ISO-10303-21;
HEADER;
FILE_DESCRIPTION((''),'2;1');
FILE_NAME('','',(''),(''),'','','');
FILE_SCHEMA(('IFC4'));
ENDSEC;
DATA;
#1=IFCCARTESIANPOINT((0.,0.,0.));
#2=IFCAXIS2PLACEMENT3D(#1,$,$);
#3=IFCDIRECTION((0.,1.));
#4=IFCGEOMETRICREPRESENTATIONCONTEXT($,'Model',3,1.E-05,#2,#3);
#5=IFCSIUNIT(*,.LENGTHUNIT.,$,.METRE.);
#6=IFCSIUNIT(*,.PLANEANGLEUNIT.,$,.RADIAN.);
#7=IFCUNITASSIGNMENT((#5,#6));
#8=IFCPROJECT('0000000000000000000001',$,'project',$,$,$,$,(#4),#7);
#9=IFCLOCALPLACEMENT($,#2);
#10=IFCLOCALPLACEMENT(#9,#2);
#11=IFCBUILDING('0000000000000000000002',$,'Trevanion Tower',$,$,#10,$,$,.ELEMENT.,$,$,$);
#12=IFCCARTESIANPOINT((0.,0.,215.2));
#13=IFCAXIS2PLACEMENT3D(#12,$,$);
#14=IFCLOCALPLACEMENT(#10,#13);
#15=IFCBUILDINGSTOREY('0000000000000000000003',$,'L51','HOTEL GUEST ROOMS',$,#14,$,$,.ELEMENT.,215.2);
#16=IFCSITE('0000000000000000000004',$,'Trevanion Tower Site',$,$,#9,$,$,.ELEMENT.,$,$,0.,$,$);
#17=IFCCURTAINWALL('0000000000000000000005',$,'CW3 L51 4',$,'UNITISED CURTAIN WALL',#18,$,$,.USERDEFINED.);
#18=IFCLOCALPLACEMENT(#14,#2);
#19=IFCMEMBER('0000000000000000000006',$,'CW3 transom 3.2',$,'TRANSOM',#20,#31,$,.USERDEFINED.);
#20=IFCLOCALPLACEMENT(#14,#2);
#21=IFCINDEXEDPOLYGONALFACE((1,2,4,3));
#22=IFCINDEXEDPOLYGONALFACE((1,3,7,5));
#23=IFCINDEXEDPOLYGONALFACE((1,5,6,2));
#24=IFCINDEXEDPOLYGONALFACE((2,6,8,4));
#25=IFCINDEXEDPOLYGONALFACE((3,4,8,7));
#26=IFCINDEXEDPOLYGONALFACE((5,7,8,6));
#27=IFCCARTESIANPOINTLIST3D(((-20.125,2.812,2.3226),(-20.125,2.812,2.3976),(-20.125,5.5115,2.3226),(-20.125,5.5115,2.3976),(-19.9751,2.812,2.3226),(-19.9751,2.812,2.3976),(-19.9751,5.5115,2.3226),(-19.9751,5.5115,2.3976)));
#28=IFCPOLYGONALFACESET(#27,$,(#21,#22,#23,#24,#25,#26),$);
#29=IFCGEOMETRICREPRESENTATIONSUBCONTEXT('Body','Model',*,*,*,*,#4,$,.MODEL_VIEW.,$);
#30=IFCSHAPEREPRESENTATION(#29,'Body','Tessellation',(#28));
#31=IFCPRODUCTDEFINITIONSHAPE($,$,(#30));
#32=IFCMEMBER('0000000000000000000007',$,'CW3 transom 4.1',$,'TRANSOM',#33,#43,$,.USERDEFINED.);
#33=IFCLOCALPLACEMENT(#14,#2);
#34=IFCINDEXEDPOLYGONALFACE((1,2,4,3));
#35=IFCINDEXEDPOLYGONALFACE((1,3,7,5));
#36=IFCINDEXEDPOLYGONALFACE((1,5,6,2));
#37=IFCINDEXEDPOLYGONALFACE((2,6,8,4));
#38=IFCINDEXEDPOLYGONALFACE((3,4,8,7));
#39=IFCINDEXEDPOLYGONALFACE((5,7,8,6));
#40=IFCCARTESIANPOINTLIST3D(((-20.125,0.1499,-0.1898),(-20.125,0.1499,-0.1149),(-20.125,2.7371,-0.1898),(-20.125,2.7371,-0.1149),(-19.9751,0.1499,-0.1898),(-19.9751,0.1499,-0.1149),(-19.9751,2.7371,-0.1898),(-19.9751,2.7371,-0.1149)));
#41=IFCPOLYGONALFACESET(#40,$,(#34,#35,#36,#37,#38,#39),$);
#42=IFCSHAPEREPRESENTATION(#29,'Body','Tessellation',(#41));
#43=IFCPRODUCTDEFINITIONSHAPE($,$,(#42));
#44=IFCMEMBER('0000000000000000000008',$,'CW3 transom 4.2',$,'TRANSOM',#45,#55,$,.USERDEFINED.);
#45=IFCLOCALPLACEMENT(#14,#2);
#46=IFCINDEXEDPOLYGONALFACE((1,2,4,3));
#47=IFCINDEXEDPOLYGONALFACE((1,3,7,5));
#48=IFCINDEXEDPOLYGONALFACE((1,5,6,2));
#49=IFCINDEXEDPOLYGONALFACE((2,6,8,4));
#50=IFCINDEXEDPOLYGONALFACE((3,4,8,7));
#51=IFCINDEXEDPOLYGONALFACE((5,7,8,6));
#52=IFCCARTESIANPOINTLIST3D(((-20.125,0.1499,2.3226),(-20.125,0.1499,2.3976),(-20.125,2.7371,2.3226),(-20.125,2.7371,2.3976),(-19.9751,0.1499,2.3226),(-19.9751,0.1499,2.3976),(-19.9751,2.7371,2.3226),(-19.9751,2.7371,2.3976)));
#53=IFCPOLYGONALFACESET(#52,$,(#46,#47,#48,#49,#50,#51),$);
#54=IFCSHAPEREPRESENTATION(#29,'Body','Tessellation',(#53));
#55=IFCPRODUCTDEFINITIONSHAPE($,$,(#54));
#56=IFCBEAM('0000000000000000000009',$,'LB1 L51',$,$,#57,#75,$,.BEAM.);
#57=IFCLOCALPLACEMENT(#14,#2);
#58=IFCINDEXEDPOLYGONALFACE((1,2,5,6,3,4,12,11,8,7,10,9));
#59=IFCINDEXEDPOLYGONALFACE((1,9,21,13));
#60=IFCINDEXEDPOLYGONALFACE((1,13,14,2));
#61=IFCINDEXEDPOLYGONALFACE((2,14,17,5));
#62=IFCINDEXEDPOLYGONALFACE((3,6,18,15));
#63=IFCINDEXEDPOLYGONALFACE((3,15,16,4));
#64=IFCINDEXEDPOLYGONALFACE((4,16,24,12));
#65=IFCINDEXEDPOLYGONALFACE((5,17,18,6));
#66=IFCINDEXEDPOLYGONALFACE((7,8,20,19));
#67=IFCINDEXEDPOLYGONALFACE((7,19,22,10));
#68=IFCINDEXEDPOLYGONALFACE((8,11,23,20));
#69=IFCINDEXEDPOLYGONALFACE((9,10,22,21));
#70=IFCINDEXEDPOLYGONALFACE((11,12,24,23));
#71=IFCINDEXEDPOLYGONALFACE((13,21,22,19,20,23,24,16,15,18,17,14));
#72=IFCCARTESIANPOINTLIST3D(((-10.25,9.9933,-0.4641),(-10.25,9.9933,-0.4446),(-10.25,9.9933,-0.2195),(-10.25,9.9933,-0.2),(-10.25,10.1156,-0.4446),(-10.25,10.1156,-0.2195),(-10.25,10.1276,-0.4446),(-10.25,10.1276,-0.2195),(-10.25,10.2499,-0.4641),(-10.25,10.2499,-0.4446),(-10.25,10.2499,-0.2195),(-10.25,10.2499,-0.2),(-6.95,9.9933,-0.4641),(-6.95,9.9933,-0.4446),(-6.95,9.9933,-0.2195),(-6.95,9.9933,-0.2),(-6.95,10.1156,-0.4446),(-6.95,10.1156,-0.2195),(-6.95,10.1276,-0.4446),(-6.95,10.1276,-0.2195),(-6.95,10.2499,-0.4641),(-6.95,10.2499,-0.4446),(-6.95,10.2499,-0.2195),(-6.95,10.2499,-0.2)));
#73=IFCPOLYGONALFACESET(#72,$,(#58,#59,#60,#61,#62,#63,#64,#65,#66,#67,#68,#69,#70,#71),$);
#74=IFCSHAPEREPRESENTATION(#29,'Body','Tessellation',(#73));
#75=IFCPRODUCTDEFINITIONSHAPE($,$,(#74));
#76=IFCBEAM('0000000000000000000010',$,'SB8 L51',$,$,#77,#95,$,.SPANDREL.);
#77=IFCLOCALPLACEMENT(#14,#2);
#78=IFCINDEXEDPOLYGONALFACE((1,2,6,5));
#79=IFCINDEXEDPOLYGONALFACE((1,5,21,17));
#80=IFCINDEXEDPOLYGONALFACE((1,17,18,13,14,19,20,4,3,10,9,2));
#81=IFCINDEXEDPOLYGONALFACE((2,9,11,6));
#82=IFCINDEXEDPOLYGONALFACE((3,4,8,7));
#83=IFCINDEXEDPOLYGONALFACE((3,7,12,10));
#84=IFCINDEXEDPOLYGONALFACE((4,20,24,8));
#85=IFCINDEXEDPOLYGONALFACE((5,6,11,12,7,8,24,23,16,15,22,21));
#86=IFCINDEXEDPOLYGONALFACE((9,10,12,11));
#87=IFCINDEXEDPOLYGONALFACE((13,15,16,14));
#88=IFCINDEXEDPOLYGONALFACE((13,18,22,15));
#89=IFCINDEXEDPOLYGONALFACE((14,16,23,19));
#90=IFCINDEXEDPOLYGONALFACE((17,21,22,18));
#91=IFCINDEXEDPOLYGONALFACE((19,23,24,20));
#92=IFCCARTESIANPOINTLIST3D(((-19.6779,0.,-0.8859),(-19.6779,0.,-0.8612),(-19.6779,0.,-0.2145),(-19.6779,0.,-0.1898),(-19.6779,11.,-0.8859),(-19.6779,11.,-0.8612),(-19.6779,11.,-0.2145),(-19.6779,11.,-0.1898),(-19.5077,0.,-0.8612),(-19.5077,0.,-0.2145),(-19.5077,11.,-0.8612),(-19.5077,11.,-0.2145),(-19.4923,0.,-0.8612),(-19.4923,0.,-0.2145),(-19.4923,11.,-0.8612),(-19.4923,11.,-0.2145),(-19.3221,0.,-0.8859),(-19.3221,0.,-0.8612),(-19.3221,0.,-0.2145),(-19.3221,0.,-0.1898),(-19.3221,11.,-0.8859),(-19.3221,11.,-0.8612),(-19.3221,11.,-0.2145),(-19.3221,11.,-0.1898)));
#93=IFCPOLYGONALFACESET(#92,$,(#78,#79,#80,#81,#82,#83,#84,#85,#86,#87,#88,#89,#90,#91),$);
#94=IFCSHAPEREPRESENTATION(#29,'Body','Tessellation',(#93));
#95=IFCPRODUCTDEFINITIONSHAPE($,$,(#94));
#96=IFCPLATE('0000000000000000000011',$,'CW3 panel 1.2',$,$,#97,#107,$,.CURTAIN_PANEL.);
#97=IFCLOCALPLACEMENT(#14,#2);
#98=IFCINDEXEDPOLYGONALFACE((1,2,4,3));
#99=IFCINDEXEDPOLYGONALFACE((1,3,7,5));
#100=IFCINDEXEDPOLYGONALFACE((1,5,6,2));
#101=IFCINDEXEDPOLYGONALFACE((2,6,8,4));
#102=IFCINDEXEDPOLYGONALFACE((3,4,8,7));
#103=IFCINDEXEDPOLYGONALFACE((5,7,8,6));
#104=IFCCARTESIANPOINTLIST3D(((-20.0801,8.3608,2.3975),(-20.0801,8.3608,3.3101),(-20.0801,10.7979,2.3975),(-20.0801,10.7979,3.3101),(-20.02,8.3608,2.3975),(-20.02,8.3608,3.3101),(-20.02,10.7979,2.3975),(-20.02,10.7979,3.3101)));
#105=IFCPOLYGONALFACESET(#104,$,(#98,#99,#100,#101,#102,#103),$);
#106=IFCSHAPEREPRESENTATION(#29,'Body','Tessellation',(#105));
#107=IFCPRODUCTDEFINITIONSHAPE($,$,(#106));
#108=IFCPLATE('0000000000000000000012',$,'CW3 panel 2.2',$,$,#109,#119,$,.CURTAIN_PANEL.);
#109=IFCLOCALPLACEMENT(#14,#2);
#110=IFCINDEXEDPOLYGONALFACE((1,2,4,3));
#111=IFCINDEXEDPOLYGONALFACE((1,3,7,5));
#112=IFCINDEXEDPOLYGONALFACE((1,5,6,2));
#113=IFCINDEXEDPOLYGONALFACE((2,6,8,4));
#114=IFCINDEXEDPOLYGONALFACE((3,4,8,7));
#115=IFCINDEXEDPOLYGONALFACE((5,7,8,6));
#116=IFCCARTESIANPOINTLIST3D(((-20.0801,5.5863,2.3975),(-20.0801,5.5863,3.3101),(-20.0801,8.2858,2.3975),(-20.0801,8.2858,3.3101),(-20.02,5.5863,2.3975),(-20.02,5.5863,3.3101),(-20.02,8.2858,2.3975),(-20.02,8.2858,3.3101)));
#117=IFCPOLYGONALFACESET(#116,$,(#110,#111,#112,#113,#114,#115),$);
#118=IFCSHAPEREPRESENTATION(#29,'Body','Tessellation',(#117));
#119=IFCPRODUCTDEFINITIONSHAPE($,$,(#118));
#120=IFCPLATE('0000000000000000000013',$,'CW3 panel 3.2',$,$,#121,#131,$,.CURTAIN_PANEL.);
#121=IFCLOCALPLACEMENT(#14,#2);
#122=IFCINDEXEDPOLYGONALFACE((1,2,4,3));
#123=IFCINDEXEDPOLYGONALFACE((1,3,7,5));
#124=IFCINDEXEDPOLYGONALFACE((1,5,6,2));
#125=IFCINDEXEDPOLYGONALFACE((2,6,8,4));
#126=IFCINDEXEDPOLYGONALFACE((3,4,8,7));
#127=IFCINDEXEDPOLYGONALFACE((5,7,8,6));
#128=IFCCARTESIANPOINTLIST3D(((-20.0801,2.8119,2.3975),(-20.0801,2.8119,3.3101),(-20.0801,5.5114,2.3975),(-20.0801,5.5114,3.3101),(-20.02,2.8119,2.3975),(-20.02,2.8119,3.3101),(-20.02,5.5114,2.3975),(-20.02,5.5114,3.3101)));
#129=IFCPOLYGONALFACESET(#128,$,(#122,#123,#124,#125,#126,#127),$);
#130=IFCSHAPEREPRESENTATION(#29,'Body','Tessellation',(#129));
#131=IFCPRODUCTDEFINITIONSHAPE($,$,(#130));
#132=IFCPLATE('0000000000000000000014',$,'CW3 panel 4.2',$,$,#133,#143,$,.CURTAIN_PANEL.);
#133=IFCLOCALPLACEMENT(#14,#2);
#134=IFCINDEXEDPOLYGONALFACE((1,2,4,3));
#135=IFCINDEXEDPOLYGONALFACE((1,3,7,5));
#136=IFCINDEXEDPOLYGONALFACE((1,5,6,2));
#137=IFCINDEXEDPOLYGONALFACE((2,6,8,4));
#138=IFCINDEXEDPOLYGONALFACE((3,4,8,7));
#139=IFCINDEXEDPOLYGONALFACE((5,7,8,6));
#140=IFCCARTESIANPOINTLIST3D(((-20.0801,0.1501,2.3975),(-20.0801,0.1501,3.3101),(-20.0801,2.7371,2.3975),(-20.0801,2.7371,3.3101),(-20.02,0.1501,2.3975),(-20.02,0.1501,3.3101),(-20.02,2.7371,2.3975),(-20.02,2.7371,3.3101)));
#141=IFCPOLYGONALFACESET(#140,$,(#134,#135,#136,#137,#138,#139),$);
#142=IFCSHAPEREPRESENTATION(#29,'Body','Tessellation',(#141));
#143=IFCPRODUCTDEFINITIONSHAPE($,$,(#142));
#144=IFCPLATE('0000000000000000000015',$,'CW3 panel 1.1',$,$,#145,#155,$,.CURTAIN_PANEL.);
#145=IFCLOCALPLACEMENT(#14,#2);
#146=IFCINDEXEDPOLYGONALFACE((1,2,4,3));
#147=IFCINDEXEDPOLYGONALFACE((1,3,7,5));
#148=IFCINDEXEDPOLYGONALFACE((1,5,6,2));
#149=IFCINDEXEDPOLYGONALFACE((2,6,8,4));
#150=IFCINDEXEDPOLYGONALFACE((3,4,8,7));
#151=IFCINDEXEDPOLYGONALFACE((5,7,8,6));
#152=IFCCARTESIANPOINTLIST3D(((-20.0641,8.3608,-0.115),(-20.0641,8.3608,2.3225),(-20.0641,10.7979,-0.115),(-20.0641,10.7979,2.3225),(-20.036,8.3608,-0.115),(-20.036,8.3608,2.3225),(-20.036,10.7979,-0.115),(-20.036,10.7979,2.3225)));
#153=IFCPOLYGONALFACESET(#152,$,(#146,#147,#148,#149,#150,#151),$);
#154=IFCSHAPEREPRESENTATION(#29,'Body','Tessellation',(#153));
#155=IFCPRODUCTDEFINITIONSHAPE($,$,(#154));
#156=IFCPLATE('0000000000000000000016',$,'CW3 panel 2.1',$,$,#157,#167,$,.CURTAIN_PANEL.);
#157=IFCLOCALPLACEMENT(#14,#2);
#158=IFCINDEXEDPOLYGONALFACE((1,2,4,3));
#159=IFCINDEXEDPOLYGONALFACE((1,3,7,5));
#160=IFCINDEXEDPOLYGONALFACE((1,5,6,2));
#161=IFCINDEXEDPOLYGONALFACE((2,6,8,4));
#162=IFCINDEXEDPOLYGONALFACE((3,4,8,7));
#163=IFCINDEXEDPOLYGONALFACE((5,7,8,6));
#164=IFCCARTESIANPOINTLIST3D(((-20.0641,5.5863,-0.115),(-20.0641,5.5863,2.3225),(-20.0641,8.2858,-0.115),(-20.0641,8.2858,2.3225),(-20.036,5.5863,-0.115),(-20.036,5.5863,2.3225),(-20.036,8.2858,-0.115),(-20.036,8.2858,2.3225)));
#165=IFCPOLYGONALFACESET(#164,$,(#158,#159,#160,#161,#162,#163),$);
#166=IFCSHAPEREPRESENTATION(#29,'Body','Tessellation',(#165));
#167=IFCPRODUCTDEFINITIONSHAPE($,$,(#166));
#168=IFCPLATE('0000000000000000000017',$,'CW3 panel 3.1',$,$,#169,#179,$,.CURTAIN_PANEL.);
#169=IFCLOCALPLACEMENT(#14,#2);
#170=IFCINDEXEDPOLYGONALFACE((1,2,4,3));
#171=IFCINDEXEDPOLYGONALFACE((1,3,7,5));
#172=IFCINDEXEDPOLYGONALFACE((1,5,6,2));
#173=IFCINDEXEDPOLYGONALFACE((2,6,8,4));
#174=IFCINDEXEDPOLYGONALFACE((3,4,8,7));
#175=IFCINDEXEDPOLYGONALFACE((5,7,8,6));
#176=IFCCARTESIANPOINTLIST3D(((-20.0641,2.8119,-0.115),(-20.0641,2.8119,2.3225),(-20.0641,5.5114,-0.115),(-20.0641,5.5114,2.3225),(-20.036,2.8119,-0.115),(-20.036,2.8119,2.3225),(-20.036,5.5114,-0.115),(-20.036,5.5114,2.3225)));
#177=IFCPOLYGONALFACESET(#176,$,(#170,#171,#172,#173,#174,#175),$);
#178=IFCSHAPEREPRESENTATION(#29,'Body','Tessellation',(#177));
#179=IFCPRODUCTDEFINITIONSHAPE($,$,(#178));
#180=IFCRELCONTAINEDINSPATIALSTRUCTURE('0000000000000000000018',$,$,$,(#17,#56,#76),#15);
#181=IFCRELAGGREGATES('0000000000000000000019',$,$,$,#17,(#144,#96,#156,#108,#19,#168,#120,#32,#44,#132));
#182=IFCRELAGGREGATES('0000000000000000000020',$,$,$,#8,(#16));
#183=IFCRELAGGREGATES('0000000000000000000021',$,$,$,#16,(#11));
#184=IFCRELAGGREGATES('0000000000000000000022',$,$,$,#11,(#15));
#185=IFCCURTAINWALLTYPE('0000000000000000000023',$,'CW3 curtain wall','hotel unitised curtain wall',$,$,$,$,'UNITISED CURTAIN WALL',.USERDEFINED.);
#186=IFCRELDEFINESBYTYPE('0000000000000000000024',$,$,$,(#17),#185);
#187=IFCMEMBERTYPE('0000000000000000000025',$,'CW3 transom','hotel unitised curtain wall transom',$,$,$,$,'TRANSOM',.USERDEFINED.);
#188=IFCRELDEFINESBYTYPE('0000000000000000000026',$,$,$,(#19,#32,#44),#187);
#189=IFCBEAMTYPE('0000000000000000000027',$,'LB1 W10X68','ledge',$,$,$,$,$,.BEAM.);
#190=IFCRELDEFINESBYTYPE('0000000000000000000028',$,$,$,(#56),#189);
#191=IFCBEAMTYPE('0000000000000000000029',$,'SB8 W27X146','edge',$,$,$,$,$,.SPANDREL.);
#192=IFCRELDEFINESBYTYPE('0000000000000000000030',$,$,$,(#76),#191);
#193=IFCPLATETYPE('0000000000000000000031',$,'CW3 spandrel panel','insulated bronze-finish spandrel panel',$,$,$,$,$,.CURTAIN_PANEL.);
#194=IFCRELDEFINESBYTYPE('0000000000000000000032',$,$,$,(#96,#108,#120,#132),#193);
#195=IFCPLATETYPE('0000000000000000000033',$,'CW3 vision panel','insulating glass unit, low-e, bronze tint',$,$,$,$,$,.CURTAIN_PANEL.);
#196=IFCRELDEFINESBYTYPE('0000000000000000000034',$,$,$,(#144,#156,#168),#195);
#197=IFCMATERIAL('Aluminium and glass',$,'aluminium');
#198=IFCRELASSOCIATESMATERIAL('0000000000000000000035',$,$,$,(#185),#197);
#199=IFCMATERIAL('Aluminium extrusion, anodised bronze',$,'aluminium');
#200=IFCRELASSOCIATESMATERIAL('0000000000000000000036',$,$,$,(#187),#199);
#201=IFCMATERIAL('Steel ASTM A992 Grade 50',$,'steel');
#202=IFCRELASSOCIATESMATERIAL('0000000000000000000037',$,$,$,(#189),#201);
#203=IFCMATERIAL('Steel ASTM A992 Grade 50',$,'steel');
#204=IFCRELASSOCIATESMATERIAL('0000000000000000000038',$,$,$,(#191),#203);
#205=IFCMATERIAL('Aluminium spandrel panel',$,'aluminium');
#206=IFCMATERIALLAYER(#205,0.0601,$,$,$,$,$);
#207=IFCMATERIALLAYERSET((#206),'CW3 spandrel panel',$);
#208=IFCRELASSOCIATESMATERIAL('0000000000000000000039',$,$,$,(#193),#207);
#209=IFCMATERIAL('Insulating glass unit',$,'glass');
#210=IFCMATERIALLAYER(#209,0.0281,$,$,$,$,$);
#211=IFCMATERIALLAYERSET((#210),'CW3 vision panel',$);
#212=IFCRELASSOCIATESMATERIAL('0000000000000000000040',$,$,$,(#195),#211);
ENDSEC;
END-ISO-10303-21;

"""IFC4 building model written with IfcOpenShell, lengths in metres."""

from ifc_helpers import new_model, si_unit, direction, frame, origin, origin_2d, place, context, subcontext, project, spatial, rectangle, i_section, extrude, material, layer, layer_set, material_profile, profile_set, type_object, element, aggregate, save


model = new_model("IFC4")

# Units and contexts
model_context = context("Model", 3, precision=1e-05, world=origin(), true_north=direction((0.0, 1.0)))
body_context = subcontext(model_context, "Body", "Model", "MODEL_VIEW")
ifc_project = project(units=[si_unit("LENGTHUNIT", "METRE"), si_unit("PLANEANGLEUNIT", "RADIAN")], contexts=[model_context])

# Site, building, storey
site_placement = place(None, origin())
site = spatial("IfcSite", under=ifc_project, at=site_placement, Name="Trevanion Tower Site", CompositionType="ELEMENT", RefElevation=0.0)
building_placement = place(site_placement, origin())
building = spatial("IfcBuilding", under=site, at=building_placement, Name="Trevanion Tower", CompositionType="ELEMENT")
storey_placement = place(building_placement, frame((0.0, 0.0, 215.2)))
storey = spatial("IfcBuildingStorey", under=building, at=storey_placement, Name="L51", Description="HOTEL GUEST ROOMS", CompositionType="ELEMENT", Elevation=215.2)

# Curtain wall, members
ifc_material_1 = material(Name="Aluminium and glass", Category="aluminium")
curtain_wall_type = type_object("IfcCurtainWallType", Name="CW3 curtain wall", Description="hotel unitised curtain wall", ElementType="UNITISED CURTAIN WALL", PredefinedType="USERDEFINED", material=ifc_material_1)
curtain_wall_placement = place(storey_placement, origin())
curtain_wall = element("IfcCurtainWall", 1, at=curtain_wall_placement, inside=storey, type_object=curtain_wall_type, Name="CW3 L51 4", ObjectType="UNITISED CURTAIN WALL", PredefinedType="USERDEFINED")
ifc_material_2 = material(Name="Aluminium extrusion, anodised bronze", Category="aluminium")
ifc_material_profile_1 = material_profile(ifc_material_2, rectangle(XDim=0.1499, YDim=0.075, at=origin_2d()), Name="CW3 transom")
ifc_profile_set_1 = profile_set([ifc_material_profile_1], Name="Aluminium extrusion, anodised bronze")
member_type_1 = type_object("IfcMemberType", Name="CW3 transom", Description="hotel unitised curtain wall transom", ElementType="TRANSOM", PredefinedType="USERDEFINED", material=ifc_profile_set_1)
member_1_placement = place(storey_placement, frame((-20.05, 5.5115, 2.3601), z_axis=(0.0, -1.0, 0.0), x_axis=(1.0, 0.0, 0.0)))
member_1 = element("IfcMember", 2, at=member_1_placement, type_object=member_type_1, Name="CW3 transom 3.2", ObjectType="TRANSOM", PredefinedType="USERDEFINED", context=body_context, shape_type="SweptSolid", body=[
    extrude(rectangle(XDim=0.1499, YDim=0.075, at=origin_2d()), origin(), (0.0, 0.0, 1.0), 2.6995),
])
member_2_placement = place(storey_placement, frame((-20.05, 2.7371, -0.1523), z_axis=(0.0, -1.0, 0.0), x_axis=(1.0, 0.0, 0.0)))
member_2 = element("IfcMember", 3, at=member_2_placement, type_object=member_type_1, Name="CW3 transom 4.1", ObjectType="TRANSOM", PredefinedType="USERDEFINED", context=body_context, shape_type="SweptSolid", body=[
    extrude(rectangle(XDim=0.1499, YDim=0.075, at=origin_2d()), origin(), (0.0, 0.0, 1.0), 2.5872),
])
member_3_placement = place(storey_placement, frame((-20.05, 2.7371, 2.3601), z_axis=(0.0, -1.0, 0.0), x_axis=(1.0, 0.0, 0.0)))
member_3 = element("IfcMember", 4, at=member_3_placement, type_object=member_type_1, Name="CW3 transom 4.2", ObjectType="TRANSOM", PredefinedType="USERDEFINED", context=body_context, shape_type="SweptSolid", body=[
    extrude(rectangle(XDim=0.1499, YDim=0.075, at=origin_2d()), origin(), (0.0, 0.0, 1.0), 2.5872),
])

# Beams
ifc_material_3 = material(Name="Steel ASTM A992 Grade 50", Category="steel")
ifc_material_profile_2 = material_profile(ifc_material_3, i_section(OverallWidth=0.2566, OverallDepth=0.2642, WebThickness=0.012, FlangeThickness=0.0195, at=origin_2d()), Name="W10X68")
ifc_profile_set_2 = profile_set([ifc_material_profile_2], Name="Steel ASTM A992 Grade 50")
beam_type_1 = type_object("IfcBeamType", Name="LB1 W10X68", Description="ledge", PredefinedType="BEAM", material=ifc_profile_set_2)
beam_1_placement = place(storey_placement, frame((-10.25, 10.1216, -0.332), z_axis=(1.0, 0.0, 0.0), x_axis=(0.0, 1.0, 0.0)))
element("IfcBeam", 5, at=beam_1_placement, inside=storey, type_object=beam_type_1, Name="LB1 L51", PredefinedType="BEAM", context=body_context, shape_type="SweptSolid", body=[
    extrude(i_section(OverallWidth=0.2566, OverallDepth=0.2642, WebThickness=0.012, FlangeThickness=0.0195, at=origin_2d()), origin(), (0.0, 0.0, 1.0), 3.3),
])
ifc_material_4 = material(Name="Steel ASTM A992 Grade 50", Category="steel")
ifc_material_profile_3 = material_profile(ifc_material_4, i_section(OverallWidth=0.3557, OverallDepth=0.696, WebThickness=0.0154, FlangeThickness=0.0247, at=origin_2d()), Name="W27X146")
ifc_profile_set_3 = profile_set([ifc_material_profile_3], Name="Steel ASTM A992 Grade 50")
beam_type_2 = type_object("IfcBeamType", Name="SB8 W27X146", Description="edge", PredefinedType="SPANDREL", material=ifc_profile_set_3)
beam_2_placement = place(storey_placement, frame((-19.5, 11.0, -0.5378), z_axis=(0.0, -1.0, 0.0), x_axis=(1.0, 0.0, 0.0)))
element("IfcBeam", 6, at=beam_2_placement, inside=storey, type_object=beam_type_2, Name="SB8 L51", PredefinedType="SPANDREL", context=body_context, shape_type="SweptSolid", body=[
    extrude(i_section(OverallWidth=0.3557, OverallDepth=0.696, WebThickness=0.0154, FlangeThickness=0.0247, at=origin_2d()), origin(), (0.0, 0.0, 1.0), 11.0),
])

# Plates
ifc_material_5 = material(Name="Aluminium spandrel panel", Category="aluminium")
ifc_layer_1 = layer(ifc_material_5, 0.0601)
ifc_layer_set_1 = layer_set([ifc_layer_1], Name="CW3 spandrel panel")
plate_type_1 = type_object("IfcPlateType", Name="CW3 spandrel panel", Description="insulated bronze-finish spandrel panel", PredefinedType="CURTAIN_PANEL", material=ifc_layer_set_1)
plate_1_placement = place(storey_placement, frame((-20.05, 9.5793, 2.3975), z_axis=(0.0, 0.0, 1.0), x_axis=(0.0, -1.0, 0.0)))
plate_1 = element("IfcPlate", 7, at=plate_1_placement, type_object=plate_type_1, Name="CW3 panel 1.2", PredefinedType="CURTAIN_PANEL", context=body_context, shape_type="SweptSolid", body=[
    extrude(rectangle(XDim=2.437, YDim=0.0601, at=origin_2d()), origin(), (0.0, 0.0, 1.0), 0.9126),
])
plate_2_placement = place(storey_placement, frame((-20.05, 6.936, 2.3975), z_axis=(0.0, 0.0, 1.0), x_axis=(0.0, -1.0, 0.0)))
plate_2 = element("IfcPlate", 8, at=plate_2_placement, type_object=plate_type_1, Name="CW3 panel 2.2", PredefinedType="CURTAIN_PANEL", context=body_context, shape_type="SweptSolid", body=[
    extrude(rectangle(XDim=2.6995, YDim=0.0601, at=origin_2d()), origin(), (0.0, 0.0, 1.0), 0.9126),
])
plate_3_placement = place(storey_placement, frame((-20.05, 4.1616, 2.3975), z_axis=(0.0, 0.0, 1.0), x_axis=(0.0, -1.0, 0.0)))
plate_3 = element("IfcPlate", 9, at=plate_3_placement, type_object=plate_type_1, Name="CW3 panel 3.2", PredefinedType="CURTAIN_PANEL", context=body_context, shape_type="SweptSolid", body=[
    extrude(rectangle(XDim=2.6995, YDim=0.0601, at=origin_2d()), origin(), (0.0, 0.0, 1.0), 0.9126),
])
plate_4_placement = place(storey_placement, frame((-20.05, 1.4436, 2.3975), z_axis=(0.0, 0.0, 1.0), x_axis=(0.0, -1.0, 0.0)))
plate_4 = element("IfcPlate", 10, at=plate_4_placement, type_object=plate_type_1, Name="CW3 panel 4.2", PredefinedType="CURTAIN_PANEL", context=body_context, shape_type="SweptSolid", body=[
    extrude(rectangle(XDim=2.5869, YDim=0.0601, at=origin_2d()), origin(), (0.0, 0.0, 1.0), 0.9126),
])
ifc_material_6 = material(Name="Insulating glass unit", Category="glass")
ifc_layer_2 = layer(ifc_material_6, 0.0281)
ifc_layer_set_2 = layer_set([ifc_layer_2], Name="CW3 vision panel")
plate_type_2 = type_object("IfcPlateType", Name="CW3 vision panel", Description="insulating glass unit, low-e, bronze tint", PredefinedType="CURTAIN_PANEL", material=ifc_layer_set_2)
plate_5_placement = place(storey_placement, frame((-20.05, 9.5793, -0.115), z_axis=(0.0, 0.0, 1.0), x_axis=(0.0, -1.0, 0.0)))
plate_5 = element("IfcPlate", 11, at=plate_5_placement, type_object=plate_type_2, Name="CW3 panel 1.1", PredefinedType="CURTAIN_PANEL", context=body_context, shape_type="SweptSolid", body=[
    extrude(rectangle(XDim=2.437, YDim=0.0281, at=origin_2d()), origin(), (0.0, 0.0, 1.0), 2.4375),
])
plate_6_placement = place(storey_placement, frame((-20.05, 6.936, -0.115), z_axis=(0.0, 0.0, 1.0), x_axis=(0.0, -1.0, 0.0)))
plate_6 = element("IfcPlate", 12, at=plate_6_placement, type_object=plate_type_2, Name="CW3 panel 2.1", PredefinedType="CURTAIN_PANEL", context=body_context, shape_type="SweptSolid", body=[
    extrude(rectangle(XDim=2.6995, YDim=0.0281, at=origin_2d()), origin(), (0.0, 0.0, 1.0), 2.4375),
])
plate_7_placement = place(storey_placement, frame((-20.05, 4.1616, -0.115), z_axis=(0.0, 0.0, 1.0), x_axis=(0.0, -1.0, 0.0)))
plate_7 = element("IfcPlate", 13, at=plate_7_placement, type_object=plate_type_2, Name="CW3 panel 3.1", PredefinedType="CURTAIN_PANEL", context=body_context, shape_type="SweptSolid", body=[
    extrude(rectangle(XDim=2.6995, YDim=0.0281, at=origin_2d()), origin(), (0.0, 0.0, 1.0), 2.4375),
])
aggregate(curtain_wall, [plate_5, plate_1, plate_6, plate_2, member_1, plate_7, plate_3, member_2, member_3, plate_4])

save(model, "model.ifc")
